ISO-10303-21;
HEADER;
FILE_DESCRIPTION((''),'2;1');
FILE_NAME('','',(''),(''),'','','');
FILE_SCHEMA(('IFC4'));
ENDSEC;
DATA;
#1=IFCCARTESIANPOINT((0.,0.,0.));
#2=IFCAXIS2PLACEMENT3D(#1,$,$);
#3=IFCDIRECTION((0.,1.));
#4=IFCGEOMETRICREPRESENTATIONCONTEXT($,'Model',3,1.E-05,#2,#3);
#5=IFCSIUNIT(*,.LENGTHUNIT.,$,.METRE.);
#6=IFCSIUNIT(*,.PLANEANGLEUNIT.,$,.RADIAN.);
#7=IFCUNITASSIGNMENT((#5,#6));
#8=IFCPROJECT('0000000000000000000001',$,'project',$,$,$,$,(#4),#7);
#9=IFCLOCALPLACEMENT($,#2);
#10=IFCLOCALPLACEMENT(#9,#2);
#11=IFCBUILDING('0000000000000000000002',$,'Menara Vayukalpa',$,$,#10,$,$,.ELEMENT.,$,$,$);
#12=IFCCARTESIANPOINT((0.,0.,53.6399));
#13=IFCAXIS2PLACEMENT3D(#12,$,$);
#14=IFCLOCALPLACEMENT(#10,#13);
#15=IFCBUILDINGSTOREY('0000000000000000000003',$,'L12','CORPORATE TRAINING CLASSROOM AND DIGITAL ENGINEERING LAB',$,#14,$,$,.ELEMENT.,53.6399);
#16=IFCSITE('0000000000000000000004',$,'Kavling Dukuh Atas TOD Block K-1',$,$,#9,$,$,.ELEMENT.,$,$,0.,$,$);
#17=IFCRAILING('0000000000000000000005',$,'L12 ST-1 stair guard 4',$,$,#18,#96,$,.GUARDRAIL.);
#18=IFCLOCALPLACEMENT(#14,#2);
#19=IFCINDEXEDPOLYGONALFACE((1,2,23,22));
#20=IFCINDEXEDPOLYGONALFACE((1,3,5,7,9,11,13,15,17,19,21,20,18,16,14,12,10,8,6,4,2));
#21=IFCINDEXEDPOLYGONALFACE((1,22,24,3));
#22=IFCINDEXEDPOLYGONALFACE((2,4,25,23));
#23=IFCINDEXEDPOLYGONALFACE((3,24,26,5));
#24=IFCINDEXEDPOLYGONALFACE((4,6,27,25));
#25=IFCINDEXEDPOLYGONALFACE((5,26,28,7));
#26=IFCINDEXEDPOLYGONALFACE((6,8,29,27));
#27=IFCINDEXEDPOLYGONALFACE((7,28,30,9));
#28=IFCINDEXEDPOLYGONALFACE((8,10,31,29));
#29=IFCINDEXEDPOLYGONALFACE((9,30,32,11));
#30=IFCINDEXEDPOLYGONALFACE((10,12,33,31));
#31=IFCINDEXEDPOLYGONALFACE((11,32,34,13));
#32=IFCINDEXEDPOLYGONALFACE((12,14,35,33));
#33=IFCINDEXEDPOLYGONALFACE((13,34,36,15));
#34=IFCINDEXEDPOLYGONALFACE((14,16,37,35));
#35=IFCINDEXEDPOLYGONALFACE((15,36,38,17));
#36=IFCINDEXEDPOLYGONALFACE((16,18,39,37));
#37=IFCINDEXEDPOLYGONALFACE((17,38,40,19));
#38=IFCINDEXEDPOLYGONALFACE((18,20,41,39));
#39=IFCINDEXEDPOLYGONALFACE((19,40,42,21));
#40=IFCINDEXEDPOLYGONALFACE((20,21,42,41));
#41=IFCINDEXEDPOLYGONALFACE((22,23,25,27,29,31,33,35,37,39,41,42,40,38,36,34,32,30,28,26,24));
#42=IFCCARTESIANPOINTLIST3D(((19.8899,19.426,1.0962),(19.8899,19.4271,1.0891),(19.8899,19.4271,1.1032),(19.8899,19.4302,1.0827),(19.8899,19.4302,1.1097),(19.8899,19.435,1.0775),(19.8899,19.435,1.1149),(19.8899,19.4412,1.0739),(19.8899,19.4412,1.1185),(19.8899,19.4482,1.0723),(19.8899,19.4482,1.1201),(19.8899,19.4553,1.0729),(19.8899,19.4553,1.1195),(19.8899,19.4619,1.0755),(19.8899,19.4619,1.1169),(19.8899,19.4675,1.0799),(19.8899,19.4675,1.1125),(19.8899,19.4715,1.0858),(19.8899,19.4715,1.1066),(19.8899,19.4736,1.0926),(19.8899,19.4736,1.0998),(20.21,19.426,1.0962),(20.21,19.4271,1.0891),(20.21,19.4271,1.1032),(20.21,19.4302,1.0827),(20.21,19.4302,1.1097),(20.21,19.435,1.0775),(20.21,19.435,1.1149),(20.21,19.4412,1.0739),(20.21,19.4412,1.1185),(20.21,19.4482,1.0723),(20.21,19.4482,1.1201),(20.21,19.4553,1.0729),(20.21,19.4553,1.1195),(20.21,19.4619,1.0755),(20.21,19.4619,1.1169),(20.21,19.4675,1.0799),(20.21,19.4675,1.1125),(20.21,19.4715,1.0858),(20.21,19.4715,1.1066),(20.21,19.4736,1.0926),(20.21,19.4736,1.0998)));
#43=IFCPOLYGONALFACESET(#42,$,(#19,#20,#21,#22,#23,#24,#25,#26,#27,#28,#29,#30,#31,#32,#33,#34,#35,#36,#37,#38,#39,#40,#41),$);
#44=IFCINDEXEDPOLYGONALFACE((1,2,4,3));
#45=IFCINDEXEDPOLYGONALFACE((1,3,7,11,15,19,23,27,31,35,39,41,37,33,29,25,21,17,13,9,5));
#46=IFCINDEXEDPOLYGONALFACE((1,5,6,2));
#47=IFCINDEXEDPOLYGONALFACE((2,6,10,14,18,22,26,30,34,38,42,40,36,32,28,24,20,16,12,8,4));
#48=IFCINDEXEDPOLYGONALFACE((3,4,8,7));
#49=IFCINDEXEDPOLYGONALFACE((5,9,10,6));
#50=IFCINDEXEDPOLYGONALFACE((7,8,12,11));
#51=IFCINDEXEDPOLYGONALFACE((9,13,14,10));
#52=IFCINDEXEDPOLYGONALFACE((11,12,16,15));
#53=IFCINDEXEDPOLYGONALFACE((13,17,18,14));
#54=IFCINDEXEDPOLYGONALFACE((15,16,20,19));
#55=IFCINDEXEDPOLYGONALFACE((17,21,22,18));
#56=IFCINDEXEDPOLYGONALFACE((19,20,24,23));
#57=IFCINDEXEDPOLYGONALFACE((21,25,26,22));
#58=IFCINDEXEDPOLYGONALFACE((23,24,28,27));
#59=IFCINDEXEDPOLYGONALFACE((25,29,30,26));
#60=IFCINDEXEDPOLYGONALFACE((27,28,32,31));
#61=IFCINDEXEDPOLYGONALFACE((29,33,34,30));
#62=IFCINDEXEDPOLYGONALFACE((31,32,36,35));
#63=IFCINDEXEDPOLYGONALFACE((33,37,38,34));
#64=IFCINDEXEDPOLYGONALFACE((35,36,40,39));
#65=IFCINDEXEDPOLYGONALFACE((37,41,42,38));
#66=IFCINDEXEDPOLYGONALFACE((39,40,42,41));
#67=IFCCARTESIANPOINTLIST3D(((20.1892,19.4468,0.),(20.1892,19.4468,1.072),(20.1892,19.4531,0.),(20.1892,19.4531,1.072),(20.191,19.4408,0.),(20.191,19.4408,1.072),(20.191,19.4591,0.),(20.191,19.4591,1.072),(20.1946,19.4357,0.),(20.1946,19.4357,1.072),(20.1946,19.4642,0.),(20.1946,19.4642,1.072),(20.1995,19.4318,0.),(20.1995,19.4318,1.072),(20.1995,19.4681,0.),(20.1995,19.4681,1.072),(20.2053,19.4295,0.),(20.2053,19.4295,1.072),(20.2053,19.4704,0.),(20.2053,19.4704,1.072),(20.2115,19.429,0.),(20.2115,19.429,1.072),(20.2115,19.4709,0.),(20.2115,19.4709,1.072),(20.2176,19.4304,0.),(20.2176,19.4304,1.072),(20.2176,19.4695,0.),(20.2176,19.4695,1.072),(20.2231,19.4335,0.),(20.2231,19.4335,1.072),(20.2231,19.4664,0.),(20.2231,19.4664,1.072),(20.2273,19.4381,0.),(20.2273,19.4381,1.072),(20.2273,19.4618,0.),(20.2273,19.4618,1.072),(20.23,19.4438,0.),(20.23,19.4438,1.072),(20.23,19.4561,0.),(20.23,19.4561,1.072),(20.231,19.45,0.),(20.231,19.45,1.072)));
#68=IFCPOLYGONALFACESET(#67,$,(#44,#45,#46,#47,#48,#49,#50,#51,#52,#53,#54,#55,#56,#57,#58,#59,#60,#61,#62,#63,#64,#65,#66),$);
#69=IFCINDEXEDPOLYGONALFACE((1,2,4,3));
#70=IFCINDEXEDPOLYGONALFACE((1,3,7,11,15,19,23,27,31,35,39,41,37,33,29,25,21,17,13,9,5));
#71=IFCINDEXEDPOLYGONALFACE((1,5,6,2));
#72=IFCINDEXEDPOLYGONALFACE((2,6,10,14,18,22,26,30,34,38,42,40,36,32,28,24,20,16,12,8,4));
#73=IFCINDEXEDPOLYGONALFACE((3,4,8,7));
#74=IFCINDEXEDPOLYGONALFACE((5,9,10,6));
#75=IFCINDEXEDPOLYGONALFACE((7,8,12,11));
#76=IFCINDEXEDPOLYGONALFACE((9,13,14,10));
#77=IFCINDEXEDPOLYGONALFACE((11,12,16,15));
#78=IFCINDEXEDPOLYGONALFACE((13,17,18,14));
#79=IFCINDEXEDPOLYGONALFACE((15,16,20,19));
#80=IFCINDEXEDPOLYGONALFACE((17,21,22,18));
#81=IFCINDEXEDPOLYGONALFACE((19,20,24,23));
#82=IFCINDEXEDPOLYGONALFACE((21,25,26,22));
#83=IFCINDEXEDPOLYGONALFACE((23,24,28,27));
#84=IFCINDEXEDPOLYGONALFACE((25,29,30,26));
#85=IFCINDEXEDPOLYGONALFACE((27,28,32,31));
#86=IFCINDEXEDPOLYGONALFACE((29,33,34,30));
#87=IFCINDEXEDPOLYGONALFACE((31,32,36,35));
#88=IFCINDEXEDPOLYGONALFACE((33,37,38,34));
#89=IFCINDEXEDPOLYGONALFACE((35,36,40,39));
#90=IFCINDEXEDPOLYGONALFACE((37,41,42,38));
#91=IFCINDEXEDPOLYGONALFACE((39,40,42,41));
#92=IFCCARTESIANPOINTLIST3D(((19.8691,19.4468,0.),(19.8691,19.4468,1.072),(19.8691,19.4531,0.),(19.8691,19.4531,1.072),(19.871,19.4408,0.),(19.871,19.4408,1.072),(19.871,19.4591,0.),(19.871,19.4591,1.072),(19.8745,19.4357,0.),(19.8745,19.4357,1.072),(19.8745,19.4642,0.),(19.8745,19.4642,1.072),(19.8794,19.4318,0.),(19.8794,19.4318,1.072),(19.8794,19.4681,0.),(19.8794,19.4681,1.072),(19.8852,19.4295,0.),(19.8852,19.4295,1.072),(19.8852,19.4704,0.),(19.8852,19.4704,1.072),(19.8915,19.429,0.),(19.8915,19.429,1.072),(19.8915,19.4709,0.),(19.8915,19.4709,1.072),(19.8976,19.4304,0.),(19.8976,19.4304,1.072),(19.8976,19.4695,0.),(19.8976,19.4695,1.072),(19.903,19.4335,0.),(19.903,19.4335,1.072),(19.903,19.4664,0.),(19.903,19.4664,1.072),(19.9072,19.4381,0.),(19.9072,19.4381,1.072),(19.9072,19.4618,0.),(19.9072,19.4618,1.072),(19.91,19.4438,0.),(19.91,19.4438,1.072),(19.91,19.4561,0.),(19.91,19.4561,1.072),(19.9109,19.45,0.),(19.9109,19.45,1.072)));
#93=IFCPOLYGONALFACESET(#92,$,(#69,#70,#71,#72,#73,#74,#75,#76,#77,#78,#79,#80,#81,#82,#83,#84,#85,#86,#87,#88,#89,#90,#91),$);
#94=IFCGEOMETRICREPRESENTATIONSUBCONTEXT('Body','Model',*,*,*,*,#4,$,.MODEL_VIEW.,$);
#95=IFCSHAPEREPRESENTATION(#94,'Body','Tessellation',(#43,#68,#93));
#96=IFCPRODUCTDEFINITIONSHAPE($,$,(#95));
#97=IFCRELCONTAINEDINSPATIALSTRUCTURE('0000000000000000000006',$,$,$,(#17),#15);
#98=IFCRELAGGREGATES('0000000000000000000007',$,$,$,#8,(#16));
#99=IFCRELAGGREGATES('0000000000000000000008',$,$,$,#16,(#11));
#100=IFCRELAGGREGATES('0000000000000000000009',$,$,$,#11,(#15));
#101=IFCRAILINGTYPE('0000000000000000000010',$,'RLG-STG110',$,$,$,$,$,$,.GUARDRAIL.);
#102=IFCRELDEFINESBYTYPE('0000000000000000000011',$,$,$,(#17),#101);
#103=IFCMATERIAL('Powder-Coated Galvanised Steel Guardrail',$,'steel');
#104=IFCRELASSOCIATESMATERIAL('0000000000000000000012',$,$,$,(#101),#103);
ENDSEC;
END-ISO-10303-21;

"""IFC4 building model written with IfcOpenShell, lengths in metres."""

from ifc_helpers import new_model, si_unit, direction, frame, origin, origin_2d, place, context, subcontext, project, spatial, circle, extrude, material, type_object, element, save


model = new_model("IFC4")

# Units and contexts
model_context = context("Model", 3, precision=1e-05, world=origin(), true_north=direction((0.0, 1.0)))
body_context = subcontext(model_context, "Body", "Model", "MODEL_VIEW")
ifc_project = project(units=[si_unit("LENGTHUNIT", "METRE"), si_unit("PLANEANGLEUNIT", "RADIAN")], contexts=[model_context])

# Site, building, storey
site_placement = place(None, origin())
site = spatial("IfcSite", under=ifc_project, at=site_placement, Name="Kavling Dukuh Atas TOD Block K-1", CompositionType="ELEMENT", RefElevation=0.0)
building_placement = place(site_placement, origin())
building = spatial("IfcBuilding", under=site, at=building_placement, Name="Menara Vayukalpa", CompositionType="ELEMENT")
storey_placement = place(building_placement, frame((0.0, 0.0, 53.6399)))
storey = spatial("IfcBuildingStorey", under=building, at=storey_placement, Name="L12", Description="CORPORATE TRAINING CLASSROOM AND DIGITAL ENGINEERING LAB", CompositionType="ELEMENT", Elevation=53.6399)

# Railing
ifc_material_1 = material(Name="Powder-Coated Galvanised Steel Guardrail", Category="steel")
railing_type = type_object("IfcRailingType", Name="RLG-STG110", PredefinedType="GUARDRAIL", material=ifc_material_1)
railing_placement = place(storey_placement, frame((20.21, 19.45, 0.0)))
element("IfcRailing", 1, at=railing_placement, inside=storey, type_object=railing_type, Name="L12 ST-1 stair guard 4", PredefinedType="GUARDRAIL", context=body_context, shape_type="SweptSolid", body=[
    extrude(circle(Radius=0.0239, at=origin_2d()), frame((0.0, 0.0, 1.0962), z_axis=(-1.0, 0.0, 0.0), x_axis=(0.0, -1.0, 0.0)), (0.0, 0.0, 1.0), 0.3201),
    extrude(circle(Radius=0.021, at=origin_2d()), origin(), (0.0, 0.0, 1.0), 1.072),
    extrude(circle(Radius=0.021, at=origin_2d()), frame((-0.3201, 0.0, 0.0)), (0.0, 0.0, 1.0), 1.072),
])

save(model, "model.ifc")
